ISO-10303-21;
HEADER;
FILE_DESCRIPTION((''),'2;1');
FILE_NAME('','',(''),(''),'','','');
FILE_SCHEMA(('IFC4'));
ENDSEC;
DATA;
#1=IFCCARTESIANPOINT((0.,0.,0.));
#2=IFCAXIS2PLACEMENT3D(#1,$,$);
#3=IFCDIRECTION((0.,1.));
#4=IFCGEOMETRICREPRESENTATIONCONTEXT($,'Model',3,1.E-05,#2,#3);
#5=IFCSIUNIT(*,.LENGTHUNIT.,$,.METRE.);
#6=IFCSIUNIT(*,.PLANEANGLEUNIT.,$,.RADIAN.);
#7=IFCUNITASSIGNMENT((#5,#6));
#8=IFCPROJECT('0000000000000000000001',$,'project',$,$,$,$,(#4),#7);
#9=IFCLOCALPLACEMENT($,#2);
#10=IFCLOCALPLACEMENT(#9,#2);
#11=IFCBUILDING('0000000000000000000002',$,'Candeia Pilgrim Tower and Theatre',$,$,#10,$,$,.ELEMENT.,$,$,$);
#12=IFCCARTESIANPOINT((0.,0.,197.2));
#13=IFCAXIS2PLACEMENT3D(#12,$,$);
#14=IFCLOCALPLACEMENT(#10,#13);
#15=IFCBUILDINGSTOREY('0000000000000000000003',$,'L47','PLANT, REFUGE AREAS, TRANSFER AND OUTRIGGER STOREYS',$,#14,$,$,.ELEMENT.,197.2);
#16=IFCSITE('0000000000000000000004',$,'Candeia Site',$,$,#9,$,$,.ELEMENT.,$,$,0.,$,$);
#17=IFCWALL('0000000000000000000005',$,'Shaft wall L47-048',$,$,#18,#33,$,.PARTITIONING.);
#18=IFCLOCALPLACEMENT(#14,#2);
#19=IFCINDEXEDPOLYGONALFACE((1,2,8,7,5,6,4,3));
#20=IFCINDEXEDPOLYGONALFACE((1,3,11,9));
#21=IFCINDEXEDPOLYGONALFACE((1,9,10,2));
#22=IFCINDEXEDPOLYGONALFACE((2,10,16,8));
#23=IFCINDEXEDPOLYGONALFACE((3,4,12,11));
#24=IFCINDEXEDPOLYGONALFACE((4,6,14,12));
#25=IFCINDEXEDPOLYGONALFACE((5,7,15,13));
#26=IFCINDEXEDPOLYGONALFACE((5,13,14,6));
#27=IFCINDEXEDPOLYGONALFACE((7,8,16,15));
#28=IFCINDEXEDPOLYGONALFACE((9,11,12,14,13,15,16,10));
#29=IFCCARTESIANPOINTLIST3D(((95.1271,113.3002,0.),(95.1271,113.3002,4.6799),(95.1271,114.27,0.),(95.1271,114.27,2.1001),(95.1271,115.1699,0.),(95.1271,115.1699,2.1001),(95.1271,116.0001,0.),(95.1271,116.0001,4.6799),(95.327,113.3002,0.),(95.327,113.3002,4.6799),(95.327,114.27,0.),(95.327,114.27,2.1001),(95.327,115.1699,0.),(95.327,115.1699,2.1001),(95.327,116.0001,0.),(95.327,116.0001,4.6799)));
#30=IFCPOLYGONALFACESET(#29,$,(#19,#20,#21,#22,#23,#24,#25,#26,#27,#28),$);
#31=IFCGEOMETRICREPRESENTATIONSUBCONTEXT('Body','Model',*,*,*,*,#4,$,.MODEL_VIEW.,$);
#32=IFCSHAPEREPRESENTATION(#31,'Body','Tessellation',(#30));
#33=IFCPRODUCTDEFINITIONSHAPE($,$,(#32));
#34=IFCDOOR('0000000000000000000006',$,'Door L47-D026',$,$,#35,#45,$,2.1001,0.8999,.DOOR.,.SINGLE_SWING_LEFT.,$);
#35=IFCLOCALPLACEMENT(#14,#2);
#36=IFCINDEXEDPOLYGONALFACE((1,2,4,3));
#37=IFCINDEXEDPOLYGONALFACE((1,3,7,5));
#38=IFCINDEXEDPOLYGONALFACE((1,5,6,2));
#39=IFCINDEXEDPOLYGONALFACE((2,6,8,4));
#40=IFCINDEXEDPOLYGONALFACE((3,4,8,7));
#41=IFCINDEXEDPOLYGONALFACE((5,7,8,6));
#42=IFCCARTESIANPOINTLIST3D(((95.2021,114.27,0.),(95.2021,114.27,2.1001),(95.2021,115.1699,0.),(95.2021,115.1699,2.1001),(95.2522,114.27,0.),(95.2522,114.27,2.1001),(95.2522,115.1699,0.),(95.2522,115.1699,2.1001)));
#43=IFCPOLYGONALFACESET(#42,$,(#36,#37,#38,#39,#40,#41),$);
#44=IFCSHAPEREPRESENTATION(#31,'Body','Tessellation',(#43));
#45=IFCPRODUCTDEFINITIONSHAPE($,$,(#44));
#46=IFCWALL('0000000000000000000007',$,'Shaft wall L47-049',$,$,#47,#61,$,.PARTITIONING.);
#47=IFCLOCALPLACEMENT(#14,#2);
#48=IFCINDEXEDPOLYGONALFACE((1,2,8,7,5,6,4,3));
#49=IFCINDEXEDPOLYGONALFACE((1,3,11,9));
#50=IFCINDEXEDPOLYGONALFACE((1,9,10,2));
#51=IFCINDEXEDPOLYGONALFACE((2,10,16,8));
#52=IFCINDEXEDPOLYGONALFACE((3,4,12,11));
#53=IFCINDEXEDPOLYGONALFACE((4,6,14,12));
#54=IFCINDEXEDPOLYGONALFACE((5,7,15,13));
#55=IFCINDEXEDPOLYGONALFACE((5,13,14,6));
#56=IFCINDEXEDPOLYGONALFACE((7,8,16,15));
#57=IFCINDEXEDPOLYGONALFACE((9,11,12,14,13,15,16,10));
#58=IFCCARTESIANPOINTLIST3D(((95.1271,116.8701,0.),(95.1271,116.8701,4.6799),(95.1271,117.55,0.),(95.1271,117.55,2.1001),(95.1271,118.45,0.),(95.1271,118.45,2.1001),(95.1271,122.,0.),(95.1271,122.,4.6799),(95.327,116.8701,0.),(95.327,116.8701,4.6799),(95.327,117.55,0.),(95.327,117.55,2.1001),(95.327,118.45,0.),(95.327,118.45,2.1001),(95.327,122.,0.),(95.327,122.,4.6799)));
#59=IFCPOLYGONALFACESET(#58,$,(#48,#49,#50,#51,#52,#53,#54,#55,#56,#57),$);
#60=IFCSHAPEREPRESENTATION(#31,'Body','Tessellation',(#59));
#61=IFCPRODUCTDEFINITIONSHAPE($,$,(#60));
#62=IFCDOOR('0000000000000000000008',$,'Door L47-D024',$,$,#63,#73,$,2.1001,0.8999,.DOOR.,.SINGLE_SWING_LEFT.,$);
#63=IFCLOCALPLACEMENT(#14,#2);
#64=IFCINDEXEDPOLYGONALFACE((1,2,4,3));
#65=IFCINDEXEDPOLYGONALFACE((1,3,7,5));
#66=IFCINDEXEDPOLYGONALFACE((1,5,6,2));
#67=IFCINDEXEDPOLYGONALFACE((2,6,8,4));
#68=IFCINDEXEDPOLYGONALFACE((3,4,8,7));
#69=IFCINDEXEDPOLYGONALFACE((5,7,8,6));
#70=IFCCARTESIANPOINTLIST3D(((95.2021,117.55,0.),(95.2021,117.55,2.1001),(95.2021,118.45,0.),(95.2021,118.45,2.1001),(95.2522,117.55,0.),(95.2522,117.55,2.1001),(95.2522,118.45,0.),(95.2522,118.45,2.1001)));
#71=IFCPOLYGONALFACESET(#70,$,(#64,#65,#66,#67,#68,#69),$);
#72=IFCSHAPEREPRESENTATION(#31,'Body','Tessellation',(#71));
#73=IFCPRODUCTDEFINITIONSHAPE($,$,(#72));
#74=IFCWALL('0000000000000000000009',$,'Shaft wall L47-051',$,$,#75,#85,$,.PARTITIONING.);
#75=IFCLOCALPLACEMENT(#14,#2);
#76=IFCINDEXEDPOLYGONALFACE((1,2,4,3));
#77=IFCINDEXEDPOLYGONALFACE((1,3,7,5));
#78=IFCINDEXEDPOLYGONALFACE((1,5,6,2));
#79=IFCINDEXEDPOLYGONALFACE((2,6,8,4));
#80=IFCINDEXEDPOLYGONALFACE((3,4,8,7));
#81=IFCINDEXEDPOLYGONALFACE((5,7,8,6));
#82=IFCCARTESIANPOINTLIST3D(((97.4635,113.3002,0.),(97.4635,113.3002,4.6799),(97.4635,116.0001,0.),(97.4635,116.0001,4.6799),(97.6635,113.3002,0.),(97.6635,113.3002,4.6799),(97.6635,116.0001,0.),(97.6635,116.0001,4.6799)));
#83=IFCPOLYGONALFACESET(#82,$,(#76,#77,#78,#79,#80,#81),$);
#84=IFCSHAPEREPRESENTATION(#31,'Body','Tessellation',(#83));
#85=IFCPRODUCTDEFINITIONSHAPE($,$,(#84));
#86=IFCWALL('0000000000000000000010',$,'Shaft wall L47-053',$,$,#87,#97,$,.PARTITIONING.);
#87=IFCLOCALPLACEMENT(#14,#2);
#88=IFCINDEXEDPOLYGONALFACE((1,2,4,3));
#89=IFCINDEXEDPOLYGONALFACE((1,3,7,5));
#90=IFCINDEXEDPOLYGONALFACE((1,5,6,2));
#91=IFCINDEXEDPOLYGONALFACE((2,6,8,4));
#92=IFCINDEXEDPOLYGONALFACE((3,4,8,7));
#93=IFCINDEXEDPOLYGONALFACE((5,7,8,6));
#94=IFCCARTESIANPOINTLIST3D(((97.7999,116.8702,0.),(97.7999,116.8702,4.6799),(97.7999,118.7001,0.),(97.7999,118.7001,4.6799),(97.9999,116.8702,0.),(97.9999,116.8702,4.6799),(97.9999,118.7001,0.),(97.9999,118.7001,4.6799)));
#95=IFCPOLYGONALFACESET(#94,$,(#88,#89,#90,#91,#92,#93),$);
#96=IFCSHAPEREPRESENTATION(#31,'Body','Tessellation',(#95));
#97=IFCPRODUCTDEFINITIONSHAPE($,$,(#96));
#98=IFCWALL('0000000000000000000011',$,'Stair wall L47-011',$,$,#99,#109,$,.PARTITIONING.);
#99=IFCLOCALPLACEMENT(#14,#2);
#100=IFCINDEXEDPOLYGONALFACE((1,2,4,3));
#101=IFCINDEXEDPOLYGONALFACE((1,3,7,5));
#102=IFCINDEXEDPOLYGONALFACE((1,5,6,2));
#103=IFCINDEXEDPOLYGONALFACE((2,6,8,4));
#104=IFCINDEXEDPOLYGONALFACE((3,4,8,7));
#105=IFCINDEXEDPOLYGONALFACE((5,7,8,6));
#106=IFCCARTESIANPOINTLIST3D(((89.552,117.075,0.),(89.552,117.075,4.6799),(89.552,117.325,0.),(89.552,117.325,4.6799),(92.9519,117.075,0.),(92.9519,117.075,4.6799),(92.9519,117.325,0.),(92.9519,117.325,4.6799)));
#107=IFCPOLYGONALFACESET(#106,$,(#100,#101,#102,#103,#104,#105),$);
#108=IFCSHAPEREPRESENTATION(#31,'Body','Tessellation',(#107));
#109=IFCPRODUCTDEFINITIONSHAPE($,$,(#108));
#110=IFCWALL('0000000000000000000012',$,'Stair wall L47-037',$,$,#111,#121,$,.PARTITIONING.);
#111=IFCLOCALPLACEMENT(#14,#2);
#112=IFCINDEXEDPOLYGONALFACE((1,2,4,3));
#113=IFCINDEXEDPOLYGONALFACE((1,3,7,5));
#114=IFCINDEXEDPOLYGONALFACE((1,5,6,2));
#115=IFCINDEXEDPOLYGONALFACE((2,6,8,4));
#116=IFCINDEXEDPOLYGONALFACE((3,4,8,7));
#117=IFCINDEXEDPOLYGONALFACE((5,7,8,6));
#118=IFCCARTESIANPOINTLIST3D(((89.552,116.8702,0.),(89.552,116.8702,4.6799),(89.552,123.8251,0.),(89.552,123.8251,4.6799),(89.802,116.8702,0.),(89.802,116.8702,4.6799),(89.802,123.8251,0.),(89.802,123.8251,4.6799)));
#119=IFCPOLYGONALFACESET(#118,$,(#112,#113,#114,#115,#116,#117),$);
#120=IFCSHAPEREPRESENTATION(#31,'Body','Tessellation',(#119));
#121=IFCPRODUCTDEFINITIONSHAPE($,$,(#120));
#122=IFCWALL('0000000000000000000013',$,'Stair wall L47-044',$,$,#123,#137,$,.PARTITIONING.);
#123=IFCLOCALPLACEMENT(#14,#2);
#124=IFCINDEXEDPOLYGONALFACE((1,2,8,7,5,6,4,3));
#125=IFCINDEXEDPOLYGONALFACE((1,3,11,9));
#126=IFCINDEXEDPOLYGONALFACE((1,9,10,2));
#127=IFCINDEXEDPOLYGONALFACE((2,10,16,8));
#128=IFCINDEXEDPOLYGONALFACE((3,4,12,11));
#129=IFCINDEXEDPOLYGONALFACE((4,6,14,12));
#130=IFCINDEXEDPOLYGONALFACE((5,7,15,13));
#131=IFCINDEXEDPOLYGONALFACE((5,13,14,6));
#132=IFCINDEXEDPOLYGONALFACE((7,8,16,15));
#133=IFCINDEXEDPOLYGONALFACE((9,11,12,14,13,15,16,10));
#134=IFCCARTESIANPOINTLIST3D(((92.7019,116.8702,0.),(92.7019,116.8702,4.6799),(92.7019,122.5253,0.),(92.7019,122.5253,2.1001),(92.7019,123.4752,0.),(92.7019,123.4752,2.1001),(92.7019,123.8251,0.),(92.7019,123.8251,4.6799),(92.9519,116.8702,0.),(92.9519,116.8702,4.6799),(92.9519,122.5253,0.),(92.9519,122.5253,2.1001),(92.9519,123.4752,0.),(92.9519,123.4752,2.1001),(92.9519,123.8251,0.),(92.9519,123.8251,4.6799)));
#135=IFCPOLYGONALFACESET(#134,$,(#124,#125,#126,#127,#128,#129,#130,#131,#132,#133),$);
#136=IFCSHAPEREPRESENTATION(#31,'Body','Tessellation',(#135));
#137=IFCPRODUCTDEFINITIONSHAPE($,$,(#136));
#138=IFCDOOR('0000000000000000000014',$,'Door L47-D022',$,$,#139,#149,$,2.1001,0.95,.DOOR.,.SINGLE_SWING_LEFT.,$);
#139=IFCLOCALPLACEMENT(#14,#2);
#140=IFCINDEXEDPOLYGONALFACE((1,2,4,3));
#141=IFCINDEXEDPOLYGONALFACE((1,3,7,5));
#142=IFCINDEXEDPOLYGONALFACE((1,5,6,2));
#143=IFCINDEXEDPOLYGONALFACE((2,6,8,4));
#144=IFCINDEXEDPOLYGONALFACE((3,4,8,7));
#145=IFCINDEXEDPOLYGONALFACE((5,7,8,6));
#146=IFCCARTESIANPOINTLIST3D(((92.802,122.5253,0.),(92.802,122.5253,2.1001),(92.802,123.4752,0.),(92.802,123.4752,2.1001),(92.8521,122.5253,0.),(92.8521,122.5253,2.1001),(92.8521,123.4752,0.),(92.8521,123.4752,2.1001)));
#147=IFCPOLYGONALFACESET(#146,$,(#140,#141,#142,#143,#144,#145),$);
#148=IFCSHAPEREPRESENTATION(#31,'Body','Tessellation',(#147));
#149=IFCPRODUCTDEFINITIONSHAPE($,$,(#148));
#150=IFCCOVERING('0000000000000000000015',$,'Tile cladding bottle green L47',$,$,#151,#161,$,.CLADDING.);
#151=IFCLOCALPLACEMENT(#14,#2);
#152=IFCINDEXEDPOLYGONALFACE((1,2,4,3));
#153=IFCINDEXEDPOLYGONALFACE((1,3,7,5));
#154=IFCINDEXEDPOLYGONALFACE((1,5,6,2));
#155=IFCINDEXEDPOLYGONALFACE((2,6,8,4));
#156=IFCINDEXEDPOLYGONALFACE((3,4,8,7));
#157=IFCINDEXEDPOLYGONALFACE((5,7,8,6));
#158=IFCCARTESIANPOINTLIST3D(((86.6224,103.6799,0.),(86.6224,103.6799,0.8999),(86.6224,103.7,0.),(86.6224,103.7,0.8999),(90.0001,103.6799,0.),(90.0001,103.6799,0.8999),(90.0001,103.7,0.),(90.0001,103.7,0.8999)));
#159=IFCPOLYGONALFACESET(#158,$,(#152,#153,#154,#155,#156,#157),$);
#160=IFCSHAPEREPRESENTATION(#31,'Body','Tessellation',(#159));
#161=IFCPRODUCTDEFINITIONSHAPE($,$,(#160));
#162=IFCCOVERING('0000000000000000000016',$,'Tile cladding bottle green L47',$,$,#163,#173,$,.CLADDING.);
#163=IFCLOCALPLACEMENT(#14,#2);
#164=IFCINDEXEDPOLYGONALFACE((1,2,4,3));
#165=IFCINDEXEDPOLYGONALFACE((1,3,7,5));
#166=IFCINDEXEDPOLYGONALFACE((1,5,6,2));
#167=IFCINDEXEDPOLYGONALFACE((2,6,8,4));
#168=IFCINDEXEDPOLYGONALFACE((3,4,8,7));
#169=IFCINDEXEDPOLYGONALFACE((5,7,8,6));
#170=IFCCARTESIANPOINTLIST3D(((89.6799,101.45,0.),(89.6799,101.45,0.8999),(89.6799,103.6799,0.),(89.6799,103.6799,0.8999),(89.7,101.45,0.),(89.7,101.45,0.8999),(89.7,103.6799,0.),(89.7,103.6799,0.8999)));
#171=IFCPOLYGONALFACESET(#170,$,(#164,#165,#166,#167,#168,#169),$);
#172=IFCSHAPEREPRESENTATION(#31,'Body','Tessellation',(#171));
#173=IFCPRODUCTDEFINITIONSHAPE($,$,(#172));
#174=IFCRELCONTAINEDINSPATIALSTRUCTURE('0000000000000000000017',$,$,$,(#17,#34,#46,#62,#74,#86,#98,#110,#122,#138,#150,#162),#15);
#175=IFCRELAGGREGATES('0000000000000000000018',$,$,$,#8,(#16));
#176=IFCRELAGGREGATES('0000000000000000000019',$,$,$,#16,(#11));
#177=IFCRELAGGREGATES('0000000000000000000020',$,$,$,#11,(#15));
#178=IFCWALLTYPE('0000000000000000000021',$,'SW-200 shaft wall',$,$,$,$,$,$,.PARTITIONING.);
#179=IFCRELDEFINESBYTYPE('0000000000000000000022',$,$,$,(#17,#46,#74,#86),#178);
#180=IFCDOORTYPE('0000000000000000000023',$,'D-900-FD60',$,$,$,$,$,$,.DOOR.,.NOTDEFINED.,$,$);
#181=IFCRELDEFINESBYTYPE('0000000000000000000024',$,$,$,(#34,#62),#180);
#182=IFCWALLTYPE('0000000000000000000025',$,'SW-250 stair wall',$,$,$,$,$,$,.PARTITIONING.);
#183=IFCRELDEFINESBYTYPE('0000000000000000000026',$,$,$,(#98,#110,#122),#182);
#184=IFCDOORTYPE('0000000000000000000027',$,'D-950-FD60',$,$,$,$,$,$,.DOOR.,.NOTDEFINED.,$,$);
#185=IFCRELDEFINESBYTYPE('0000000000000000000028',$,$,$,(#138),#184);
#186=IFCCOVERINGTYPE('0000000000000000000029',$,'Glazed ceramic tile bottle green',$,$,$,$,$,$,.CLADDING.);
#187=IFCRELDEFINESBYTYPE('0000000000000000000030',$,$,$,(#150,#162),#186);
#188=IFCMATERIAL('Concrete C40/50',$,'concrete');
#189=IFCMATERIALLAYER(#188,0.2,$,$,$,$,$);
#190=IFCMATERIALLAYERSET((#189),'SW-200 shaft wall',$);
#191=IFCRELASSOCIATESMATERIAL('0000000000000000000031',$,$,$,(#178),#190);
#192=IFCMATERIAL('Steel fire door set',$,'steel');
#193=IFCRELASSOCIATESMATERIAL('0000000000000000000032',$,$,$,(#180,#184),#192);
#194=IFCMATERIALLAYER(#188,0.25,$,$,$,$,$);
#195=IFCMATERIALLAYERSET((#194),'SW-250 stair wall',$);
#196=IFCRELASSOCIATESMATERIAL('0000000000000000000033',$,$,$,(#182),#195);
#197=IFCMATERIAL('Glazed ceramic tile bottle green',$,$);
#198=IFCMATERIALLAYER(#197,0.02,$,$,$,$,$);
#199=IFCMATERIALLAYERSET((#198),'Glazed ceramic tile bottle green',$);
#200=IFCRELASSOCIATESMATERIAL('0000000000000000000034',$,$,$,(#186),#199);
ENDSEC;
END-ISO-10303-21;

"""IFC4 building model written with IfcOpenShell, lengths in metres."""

from ifc_helpers import new_model, si_unit, direction, frame, frame_2d, origin, origin_2d, place, context, subcontext, project, spatial, rectangle, extrude, material, layer, layer_set, type_object, element, fill, save


model = new_model("IFC4")

# Units and contexts
model_context = context("Model", 3, precision=1e-05, world=origin(), true_north=direction((0.0, 1.0)))
body_context = subcontext(model_context, "Body", "Model", "MODEL_VIEW")
ifc_project = project(units=[si_unit("LENGTHUNIT", "METRE"), si_unit("PLANEANGLEUNIT", "RADIAN")], contexts=[model_context])

# Site, building, storey
site_placement = place(None, origin())
site = spatial("IfcSite", under=ifc_project, at=site_placement, Name="Candeia Site", CompositionType="ELEMENT", RefElevation=0.0)
building_placement = place(site_placement, origin())
building = spatial("IfcBuilding", under=site, at=building_placement, Name="Candeia Pilgrim Tower and Theatre", CompositionType="ELEMENT")
storey_placement = place(building_placement, frame((0.0, 0.0, 197.2)))
storey = spatial("IfcBuildingStorey", under=building, at=storey_placement, Name="L47", Description="PLANT, REFUGE AREAS, TRANSFER AND OUTRIGGER STOREYS", CompositionType="ELEMENT", Elevation=197.2)

# Shared definitions
ifc_material_1 = material(Name="Steel fire door set", Category="steel")

# Shared definitions
ifc_material_2 = material(Name="Concrete C40/50", Category="concrete")
ifc_layer_1 = layer(ifc_material_2, 0.2)
ifc_layer_set_1 = layer_set([ifc_layer_1], Name="SW-200 shaft wall")
wall_type_1 = type_object("IfcWallType", Name="SW-200 shaft wall", PredefinedType="PARTITIONING", material=ifc_layer_set_1)

# Walls, openings, doors
wall_1_placement = place(storey_placement, frame((95.2271, 113.3, 0.0), z_axis=(0.0, 0.0, 1.0), x_axis=(0.0, 1.0, 0.0)))
wall_1 = element("IfcWall", 1, at=wall_1_placement, inside=storey, type_object=wall_type_1, Name="Shaft wall L47-048", PredefinedType="PARTITIONING", context=body_context, shape_type="SweptSolid", body=[
    extrude(rectangle(XDim=2.7, YDim=0.2, at=frame_2d((1.3501, 0.0))), origin(), (0.0, 0.0, 1.0), 4.6799),
])
opening_1_placement = place(wall_1_placement, frame((0.97, 0.0, 0.0)))
opening_1 = element("IfcOpeningElement", 2, at=opening_1_placement, cuts=wall_1, PredefinedType="OPENING", context=body_context, shape_type="SweptSolid", body=[
    extrude(rectangle(XDim=0.8999, YDim=2.1001, at=frame_2d((0.45, 1.05))), frame((0.0, 0.1099, 0.0), z_axis=(0.0, -1.0, 0.0), x_axis=(1.0, 0.0, 0.0)), (0.0, 0.0, 1.0), 0.22),
])
door_type_1 = type_object("IfcDoorType", Name="D-900-FD60", OperationType="NOTDEFINED", PredefinedType="DOOR", material=ifc_material_1)
door_1_placement = place(opening_1_placement, origin())
door_1 = element("IfcDoor", 3, at=door_1_placement, inside=storey, type_object=door_type_1, Name="Door L47-D026", OperationType="SINGLE_SWING_LEFT", OverallHeight=2.1001, OverallWidth=0.8999, PredefinedType="DOOR", context=body_context, shape_type="SweptSolid", body=[
    extrude(rectangle(XDim=0.8999, YDim=2.1001, at=frame_2d((0.45, 1.05))), frame((0.0, 0.0249, 0.0), z_axis=(0.0, -1.0, 0.0), x_axis=(1.0, 0.0, 0.0)), (0.0, 0.0, 1.0), 0.05),
])
fill(opening_1, door_1)
wall_2_placement = place(storey_placement, frame((95.2271, 116.8701, 0.0), z_axis=(0.0, 0.0, 1.0), x_axis=(0.0, 1.0, 0.0)))
wall_2 = element("IfcWall", 4, at=wall_2_placement, inside=storey, type_object=wall_type_1, Name="Shaft wall L47-049", PredefinedType="PARTITIONING", context=body_context, shape_type="SweptSolid", body=[
    extrude(rectangle(XDim=5.1299, YDim=0.2, at=frame_2d((2.5649, 0.0))), origin(), (0.0, 0.0, 1.0), 4.6799),
])
opening_2_placement = place(wall_2_placement, frame((0.6799, 0.0, 0.0)))
opening_2 = element("IfcOpeningElement", 5, at=opening_2_placement, cuts=wall_2, PredefinedType="OPENING", context=body_context, shape_type="SweptSolid", body=[
    extrude(rectangle(XDim=0.8999, YDim=2.1001, at=frame_2d((0.45, 1.05))), frame((0.0, 0.1099, 0.0), z_axis=(0.0, -1.0, 0.0), x_axis=(1.0, 0.0, 0.0)), (0.0, 0.0, 1.0), 0.22),
])
door_2_placement = place(opening_2_placement, origin())
door_2 = element("IfcDoor", 6, at=door_2_placement, inside=storey, type_object=door_type_1, Name="Door L47-D024", OperationType="SINGLE_SWING_LEFT", OverallHeight=2.1001, OverallWidth=0.8999, PredefinedType="DOOR", context=body_context, shape_type="SweptSolid", body=[
    extrude(rectangle(XDim=0.8999, YDim=2.1001, at=frame_2d((0.45, 1.05))), frame((0.0, 0.0249, 0.0), z_axis=(0.0, -1.0, 0.0), x_axis=(1.0, 0.0, 0.0)), (0.0, 0.0, 1.0), 0.05),
])
fill(opening_2, door_2)

# Walls
wall_3_placement = place(storey_placement, frame((97.5635, 113.3, 0.0), z_axis=(0.0, 0.0, 1.0), x_axis=(0.0, 1.0, 0.0)))
element("IfcWall", 7, at=wall_3_placement, inside=storey, type_object=wall_type_1, Name="Shaft wall L47-051", PredefinedType="PARTITIONING", context=body_context, shape_type="SweptSolid", body=[
    extrude(rectangle(XDim=2.7, YDim=0.2, at=frame_2d((1.3501, 0.0))), origin(), (0.0, 0.0, 1.0), 4.6799),
])
wall_4_placement = place(storey_placement, frame((97.8999, 116.8701, 0.0), z_axis=(0.0, 0.0, 1.0), x_axis=(0.0, 1.0, 0.0)))
element("IfcWall", 8, at=wall_4_placement, inside=storey, type_object=wall_type_1, Name="Shaft wall L47-053", PredefinedType="PARTITIONING", context=body_context, shape_type="SweptSolid", body=[
    extrude(rectangle(XDim=1.8298, YDim=0.2, at=frame_2d((0.915, 0.0))), origin(), (0.0, 0.0, 1.0), 4.6799),
])
ifc_layer_2 = layer(ifc_material_2, 0.25)
ifc_layer_set_2 = layer_set([ifc_layer_2], Name="SW-250 stair wall")
wall_type_2 = type_object("IfcWallType", Name="SW-250 stair wall", PredefinedType="PARTITIONING", material=ifc_layer_set_2)
wall_5_placement = place(storey_placement, frame((89.552, 117.2, 0.0), z_axis=(0.0, 0.0, 1.0), x_axis=(1.0, 0.0, 0.0)))
element("IfcWall", 9, at=wall_5_placement, inside=storey, type_object=wall_type_2, Name="Stair wall L47-011", PredefinedType="PARTITIONING", context=body_context, shape_type="SweptSolid", body=[
    extrude(rectangle(XDim=3.3999, YDim=0.25, at=frame_2d((1.7, 0.0))), origin(), (0.0, 0.0, 1.0), 4.6799),
])
wall_6_placement = place(storey_placement, frame((89.677, 116.8701, 0.0), z_axis=(0.0, 0.0, 1.0), x_axis=(0.0, 1.0, 0.0)))
element("IfcWall", 10, at=wall_6_placement, inside=storey, type_object=wall_type_2, Name="Stair wall L47-037", PredefinedType="PARTITIONING", context=body_context, shape_type="SweptSolid", body=[
    extrude(rectangle(XDim=6.9548, YDim=0.25, at=frame_2d((3.4775, 0.0))), origin(), (0.0, 0.0, 1.0), 4.6799),
])

# Wall, opening, door
wall_7_placement = place(storey_placement, frame((92.8269, 116.8701, 0.0), z_axis=(0.0, 0.0, 1.0), x_axis=(0.0, 1.0, 0.0)))
wall_7 = element("IfcWall", 11, at=wall_7_placement, inside=storey, type_object=wall_type_2, Name="Stair wall L47-044", PredefinedType="PARTITIONING", context=body_context, shape_type="SweptSolid", body=[
    extrude(rectangle(XDim=6.9548, YDim=0.25, at=frame_2d((3.4775, 0.0))), origin(), (0.0, 0.0, 1.0), 4.6799),
])
opening_3_placement = place(wall_7_placement, frame((5.655, 0.0, 0.0)))
opening_3 = element("IfcOpeningElement", 12, at=opening_3_placement, cuts=wall_7, PredefinedType="OPENING", context=body_context, shape_type="SweptSolid", body=[
    extrude(rectangle(XDim=0.95, YDim=2.1001, at=frame_2d((0.4751, 1.05))), frame((0.0, 0.135, 0.0), z_axis=(0.0, -1.0, 0.0), x_axis=(1.0, 0.0, 0.0)), (0.0, 0.0, 1.0), 0.27),
])
door_type_2 = type_object("IfcDoorType", Name="D-950-FD60", OperationType="NOTDEFINED", PredefinedType="DOOR", material=ifc_material_1)
door_3_placement = place(opening_3_placement, origin())
door_3 = element("IfcDoor", 13, at=door_3_placement, inside=storey, type_object=door_type_2, Name="Door L47-D022", OperationType="SINGLE_SWING_LEFT", OverallHeight=2.1001, OverallWidth=0.95, PredefinedType="DOOR", context=body_context, shape_type="SweptSolid", body=[
    extrude(rectangle(XDim=0.95, YDim=2.1001, at=frame_2d((0.4751, 1.05))), frame((0.0, 0.0249, 0.0), z_axis=(0.0, -1.0, 0.0), x_axis=(1.0, 0.0, 0.0)), (0.0, 0.0, 1.0), 0.05),
])
fill(opening_3, door_3)

# Coverings
ifc_material_3 = material(Name="Glazed ceramic tile bottle green")
ifc_layer_3 = layer(ifc_material_3, 0.02)
ifc_layer_set_3 = layer_set([ifc_layer_3], Name="Glazed ceramic tile bottle green")
covering_type = type_object("IfcCoveringType", Name="Glazed ceramic tile bottle green", PredefinedType="CLADDING", material=ifc_layer_set_3)
covering_1_placement = place(storey_placement, frame((88.3113, 103.6899, 0.0), z_axis=(0.0, 0.0, 1.0), x_axis=(1.0, 0.0, 0.0)))
element("IfcCovering", 14, at=covering_1_placement, inside=storey, type_object=covering_type, Name="Tile cladding bottle green L47", PredefinedType="CLADDING", context=body_context, shape_type="SweptSolid", body=[
    extrude(rectangle(XDim=3.3777, YDim=0.02, at=origin_2d()), origin(), (0.0, 0.0, 1.0), 0.8999),
])
covering_2_placement = place(storey_placement, frame((89.6899, 102.5649, 0.0), z_axis=(0.0, 0.0, 1.0), x_axis=(0.0, -1.0, 0.0)))
element("IfcCovering", 15, at=covering_2_placement, inside=storey, type_object=covering_type, Name="Tile cladding bottle green L47", PredefinedType="CLADDING", context=body_context, shape_type="SweptSolid", body=[
    extrude(rectangle(XDim=2.23, YDim=0.02, at=origin_2d()), origin(), (0.0, 0.0, 1.0), 0.8999),
])

save(model, "model.ifc")
